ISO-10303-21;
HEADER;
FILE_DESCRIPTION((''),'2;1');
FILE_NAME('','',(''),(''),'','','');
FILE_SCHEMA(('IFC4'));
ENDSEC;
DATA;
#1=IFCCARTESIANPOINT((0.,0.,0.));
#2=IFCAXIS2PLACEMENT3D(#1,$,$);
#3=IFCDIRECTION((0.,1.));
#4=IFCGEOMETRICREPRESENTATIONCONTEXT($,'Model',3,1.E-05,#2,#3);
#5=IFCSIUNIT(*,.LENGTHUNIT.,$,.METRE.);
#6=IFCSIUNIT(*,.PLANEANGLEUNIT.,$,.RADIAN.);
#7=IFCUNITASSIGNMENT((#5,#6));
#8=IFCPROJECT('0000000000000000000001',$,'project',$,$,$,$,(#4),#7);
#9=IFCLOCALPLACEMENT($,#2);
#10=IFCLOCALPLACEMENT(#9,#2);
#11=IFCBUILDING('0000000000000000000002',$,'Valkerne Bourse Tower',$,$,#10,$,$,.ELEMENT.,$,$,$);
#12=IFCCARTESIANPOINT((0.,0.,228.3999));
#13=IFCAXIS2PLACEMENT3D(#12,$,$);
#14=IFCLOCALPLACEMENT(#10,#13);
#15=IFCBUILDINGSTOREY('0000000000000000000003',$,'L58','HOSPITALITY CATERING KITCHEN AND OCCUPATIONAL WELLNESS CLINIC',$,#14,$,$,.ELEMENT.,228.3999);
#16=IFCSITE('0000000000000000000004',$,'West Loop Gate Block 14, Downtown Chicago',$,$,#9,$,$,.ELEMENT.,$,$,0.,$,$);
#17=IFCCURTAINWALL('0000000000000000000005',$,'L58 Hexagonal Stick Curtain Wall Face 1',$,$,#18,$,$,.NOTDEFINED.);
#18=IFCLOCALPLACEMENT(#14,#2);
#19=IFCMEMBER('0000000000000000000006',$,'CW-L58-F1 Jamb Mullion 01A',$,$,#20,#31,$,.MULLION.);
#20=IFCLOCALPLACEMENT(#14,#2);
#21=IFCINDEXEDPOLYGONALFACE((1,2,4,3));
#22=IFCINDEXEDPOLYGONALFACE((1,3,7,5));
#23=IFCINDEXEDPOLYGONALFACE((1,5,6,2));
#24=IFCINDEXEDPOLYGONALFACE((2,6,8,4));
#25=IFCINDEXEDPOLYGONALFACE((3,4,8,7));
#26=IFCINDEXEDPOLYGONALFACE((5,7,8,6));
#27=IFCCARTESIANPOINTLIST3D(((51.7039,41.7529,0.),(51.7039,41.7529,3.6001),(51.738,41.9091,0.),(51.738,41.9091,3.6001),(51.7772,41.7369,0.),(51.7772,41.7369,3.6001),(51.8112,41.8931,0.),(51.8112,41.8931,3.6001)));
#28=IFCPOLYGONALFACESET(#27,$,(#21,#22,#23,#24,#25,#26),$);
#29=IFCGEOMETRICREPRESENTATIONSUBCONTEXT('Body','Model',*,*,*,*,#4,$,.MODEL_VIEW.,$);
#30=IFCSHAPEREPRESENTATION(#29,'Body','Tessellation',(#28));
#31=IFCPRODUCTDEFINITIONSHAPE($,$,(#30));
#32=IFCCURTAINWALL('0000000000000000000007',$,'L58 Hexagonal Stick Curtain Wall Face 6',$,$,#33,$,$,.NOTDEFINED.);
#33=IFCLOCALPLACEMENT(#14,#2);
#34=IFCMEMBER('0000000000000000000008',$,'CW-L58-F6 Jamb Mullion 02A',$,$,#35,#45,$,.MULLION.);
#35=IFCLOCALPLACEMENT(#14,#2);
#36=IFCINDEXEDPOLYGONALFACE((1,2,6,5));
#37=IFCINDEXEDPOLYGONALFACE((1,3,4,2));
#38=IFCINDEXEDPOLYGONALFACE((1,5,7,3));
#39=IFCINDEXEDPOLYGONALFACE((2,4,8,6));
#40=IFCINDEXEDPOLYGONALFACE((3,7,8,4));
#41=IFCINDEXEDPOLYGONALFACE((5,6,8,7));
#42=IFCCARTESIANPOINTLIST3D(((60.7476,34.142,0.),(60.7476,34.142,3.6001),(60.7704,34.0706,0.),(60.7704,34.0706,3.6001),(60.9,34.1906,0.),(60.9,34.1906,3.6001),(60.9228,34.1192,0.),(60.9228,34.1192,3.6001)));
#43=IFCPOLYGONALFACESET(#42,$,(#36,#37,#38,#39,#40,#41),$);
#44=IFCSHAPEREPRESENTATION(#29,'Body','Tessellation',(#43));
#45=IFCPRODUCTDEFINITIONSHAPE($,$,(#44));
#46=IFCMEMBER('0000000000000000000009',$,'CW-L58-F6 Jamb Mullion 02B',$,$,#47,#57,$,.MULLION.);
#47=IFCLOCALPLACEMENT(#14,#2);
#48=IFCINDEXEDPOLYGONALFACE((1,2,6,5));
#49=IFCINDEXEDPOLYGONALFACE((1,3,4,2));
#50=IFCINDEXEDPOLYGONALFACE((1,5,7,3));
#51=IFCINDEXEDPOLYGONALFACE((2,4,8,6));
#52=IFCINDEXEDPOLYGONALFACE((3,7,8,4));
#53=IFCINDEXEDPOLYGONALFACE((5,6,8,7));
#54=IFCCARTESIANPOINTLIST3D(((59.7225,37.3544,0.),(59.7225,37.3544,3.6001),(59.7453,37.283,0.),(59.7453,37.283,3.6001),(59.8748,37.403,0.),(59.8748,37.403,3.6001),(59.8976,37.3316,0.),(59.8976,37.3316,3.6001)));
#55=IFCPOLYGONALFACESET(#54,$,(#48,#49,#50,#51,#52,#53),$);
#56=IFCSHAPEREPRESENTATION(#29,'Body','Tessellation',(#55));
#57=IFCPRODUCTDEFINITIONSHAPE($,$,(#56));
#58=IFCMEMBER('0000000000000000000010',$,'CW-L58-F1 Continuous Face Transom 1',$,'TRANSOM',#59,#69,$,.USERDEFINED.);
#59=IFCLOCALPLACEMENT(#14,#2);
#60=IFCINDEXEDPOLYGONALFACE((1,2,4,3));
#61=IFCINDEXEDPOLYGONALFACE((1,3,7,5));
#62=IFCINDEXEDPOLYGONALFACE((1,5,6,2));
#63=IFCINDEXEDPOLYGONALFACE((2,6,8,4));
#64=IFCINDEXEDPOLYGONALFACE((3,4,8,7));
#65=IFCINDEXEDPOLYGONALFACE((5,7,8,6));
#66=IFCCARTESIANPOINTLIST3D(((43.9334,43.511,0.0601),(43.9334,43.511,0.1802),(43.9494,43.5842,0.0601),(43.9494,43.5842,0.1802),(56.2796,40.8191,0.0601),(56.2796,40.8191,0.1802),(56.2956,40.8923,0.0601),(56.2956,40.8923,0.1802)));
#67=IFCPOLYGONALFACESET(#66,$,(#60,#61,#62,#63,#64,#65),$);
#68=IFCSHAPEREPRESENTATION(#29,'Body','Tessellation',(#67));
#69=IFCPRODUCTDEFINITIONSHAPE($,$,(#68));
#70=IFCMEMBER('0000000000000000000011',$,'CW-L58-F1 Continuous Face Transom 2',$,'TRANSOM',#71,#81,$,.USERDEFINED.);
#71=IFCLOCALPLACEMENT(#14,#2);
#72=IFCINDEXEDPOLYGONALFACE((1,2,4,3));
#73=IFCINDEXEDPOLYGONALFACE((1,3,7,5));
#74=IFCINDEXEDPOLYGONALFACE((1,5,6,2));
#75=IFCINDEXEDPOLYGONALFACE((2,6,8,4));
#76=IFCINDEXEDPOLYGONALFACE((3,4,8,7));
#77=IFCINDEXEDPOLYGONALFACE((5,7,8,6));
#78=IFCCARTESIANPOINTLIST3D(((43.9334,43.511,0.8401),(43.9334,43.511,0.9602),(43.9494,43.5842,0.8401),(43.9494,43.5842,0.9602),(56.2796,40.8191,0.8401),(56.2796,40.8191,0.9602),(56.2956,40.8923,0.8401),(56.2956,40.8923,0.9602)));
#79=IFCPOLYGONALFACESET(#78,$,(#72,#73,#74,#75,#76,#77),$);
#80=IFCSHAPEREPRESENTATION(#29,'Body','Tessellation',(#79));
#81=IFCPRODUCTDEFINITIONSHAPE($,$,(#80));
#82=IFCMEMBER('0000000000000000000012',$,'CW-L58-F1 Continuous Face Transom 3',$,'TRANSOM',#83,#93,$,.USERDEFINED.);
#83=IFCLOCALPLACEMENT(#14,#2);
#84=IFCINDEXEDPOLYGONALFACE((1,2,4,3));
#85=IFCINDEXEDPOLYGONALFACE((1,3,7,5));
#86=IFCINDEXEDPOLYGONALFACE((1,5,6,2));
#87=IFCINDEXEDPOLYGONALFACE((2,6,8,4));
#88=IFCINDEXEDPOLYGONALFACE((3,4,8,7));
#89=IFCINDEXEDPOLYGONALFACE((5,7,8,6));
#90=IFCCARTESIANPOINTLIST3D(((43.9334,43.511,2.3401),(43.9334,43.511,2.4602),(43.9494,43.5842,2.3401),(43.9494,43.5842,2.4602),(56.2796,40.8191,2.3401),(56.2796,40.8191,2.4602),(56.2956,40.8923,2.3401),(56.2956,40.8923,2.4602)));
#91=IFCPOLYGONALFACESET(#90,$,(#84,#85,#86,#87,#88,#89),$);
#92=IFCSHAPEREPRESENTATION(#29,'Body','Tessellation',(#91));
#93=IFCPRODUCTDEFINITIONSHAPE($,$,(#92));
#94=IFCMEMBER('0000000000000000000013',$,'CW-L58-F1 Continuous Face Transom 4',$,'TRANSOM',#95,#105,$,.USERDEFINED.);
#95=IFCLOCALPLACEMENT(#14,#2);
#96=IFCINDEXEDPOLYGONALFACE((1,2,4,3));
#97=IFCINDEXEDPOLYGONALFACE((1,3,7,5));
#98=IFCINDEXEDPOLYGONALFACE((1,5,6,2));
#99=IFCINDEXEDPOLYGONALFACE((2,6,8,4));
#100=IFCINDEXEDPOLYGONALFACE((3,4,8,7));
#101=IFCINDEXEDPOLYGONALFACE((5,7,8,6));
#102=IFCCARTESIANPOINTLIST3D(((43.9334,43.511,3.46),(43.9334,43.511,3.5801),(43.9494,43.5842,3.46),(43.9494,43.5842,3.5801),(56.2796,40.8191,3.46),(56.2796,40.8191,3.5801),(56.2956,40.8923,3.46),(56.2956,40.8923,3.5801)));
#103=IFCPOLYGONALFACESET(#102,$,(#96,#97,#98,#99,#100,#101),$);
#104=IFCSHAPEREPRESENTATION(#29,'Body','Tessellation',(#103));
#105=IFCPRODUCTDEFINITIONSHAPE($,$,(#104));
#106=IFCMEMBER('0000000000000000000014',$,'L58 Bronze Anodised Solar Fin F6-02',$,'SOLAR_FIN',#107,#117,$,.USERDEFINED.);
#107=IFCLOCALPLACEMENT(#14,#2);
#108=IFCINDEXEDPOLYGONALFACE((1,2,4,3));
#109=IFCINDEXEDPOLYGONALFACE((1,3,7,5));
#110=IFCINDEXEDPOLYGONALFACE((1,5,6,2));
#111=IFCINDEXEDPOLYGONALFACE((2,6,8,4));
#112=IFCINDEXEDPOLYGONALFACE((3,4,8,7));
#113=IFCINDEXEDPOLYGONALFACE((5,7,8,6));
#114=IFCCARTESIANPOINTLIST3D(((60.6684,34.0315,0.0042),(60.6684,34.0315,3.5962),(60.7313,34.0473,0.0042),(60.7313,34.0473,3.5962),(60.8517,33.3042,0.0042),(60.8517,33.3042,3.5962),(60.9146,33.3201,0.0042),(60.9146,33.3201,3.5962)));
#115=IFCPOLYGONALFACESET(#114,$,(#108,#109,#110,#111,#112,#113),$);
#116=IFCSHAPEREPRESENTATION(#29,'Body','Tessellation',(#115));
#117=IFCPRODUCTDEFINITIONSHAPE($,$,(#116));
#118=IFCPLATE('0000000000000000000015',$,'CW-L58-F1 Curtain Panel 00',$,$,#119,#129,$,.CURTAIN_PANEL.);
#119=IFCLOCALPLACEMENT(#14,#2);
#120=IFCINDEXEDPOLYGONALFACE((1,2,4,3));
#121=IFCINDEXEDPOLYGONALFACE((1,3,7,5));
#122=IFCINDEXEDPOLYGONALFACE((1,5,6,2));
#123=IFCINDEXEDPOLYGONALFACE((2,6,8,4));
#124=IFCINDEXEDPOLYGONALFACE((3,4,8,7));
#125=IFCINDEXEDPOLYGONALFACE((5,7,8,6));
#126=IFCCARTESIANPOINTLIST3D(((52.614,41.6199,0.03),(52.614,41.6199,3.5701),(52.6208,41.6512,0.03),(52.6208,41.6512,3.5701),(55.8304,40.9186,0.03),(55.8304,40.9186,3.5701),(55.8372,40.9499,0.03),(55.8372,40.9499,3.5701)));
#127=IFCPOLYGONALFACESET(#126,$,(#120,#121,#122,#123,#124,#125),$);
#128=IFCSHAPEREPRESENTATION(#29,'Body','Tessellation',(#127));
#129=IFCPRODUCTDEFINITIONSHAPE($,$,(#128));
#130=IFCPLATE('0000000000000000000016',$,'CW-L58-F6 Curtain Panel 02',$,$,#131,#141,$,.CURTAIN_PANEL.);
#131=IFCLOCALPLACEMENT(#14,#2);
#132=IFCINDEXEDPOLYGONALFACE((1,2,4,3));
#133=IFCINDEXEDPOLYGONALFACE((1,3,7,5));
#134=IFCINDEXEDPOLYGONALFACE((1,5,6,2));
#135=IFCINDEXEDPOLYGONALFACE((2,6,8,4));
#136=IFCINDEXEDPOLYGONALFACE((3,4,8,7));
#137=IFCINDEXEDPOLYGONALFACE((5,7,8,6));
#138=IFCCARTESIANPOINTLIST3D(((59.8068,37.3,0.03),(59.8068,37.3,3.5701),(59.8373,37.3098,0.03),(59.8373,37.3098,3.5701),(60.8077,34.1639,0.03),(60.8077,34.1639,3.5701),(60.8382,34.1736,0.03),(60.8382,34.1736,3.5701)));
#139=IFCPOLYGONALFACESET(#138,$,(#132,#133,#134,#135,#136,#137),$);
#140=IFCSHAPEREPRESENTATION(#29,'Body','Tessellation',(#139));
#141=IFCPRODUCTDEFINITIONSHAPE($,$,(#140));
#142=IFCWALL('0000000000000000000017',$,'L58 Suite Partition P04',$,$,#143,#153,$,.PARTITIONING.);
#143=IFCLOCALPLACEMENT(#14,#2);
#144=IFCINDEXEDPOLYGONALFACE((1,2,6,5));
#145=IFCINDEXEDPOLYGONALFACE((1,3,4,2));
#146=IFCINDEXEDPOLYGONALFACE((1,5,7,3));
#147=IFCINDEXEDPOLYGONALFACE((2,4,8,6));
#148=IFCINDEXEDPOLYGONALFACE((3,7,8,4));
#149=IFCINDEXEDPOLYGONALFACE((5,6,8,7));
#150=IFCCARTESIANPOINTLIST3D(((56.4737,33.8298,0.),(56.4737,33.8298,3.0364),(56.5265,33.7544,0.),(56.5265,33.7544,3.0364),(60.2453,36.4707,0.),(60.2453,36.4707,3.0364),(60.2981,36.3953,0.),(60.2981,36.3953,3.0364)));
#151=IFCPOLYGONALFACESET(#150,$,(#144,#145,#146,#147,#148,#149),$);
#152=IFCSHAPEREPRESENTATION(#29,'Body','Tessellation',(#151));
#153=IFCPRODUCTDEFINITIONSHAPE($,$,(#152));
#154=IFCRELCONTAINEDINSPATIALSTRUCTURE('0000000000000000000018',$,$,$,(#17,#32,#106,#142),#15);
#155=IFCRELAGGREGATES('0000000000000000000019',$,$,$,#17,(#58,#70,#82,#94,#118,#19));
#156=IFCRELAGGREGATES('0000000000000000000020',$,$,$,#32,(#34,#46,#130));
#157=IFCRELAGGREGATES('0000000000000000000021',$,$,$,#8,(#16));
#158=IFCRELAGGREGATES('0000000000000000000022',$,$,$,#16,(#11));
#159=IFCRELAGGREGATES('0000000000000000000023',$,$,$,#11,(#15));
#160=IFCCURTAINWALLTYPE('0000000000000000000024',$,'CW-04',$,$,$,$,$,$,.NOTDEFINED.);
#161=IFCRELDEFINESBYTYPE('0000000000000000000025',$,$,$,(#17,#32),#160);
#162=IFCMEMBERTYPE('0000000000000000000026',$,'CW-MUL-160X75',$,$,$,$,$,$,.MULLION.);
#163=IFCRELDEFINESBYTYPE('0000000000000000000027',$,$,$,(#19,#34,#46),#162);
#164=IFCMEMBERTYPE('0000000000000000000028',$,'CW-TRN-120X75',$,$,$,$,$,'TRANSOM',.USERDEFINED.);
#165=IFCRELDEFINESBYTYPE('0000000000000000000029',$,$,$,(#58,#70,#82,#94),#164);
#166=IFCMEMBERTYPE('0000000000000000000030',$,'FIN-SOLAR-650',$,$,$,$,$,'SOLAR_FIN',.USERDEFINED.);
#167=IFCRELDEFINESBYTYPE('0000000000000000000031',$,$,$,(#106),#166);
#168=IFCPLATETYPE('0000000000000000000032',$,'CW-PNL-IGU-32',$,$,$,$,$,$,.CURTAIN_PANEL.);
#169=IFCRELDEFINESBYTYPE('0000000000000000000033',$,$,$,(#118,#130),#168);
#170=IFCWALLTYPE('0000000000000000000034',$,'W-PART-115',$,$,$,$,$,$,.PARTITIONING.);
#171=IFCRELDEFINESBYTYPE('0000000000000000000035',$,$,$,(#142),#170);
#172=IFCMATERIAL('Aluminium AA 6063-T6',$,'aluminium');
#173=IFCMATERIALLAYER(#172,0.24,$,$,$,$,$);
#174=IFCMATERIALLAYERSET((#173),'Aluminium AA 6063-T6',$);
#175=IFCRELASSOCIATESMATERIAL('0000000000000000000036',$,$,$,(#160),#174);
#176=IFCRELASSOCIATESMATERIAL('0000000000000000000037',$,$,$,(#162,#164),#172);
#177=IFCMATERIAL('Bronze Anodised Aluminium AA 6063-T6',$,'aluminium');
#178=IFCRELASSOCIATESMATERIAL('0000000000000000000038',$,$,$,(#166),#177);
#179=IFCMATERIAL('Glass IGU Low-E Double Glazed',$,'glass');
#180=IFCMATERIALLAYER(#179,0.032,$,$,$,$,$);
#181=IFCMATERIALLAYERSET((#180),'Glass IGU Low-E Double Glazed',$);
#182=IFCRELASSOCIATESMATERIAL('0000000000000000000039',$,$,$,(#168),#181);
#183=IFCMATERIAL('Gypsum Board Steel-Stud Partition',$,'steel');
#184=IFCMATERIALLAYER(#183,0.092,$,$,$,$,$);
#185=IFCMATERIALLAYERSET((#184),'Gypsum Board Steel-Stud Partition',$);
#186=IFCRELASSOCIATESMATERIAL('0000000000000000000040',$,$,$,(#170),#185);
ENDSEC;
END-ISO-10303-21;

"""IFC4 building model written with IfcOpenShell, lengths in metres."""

from ifc_helpers import new_model, si_unit, direction, frame, frame_2d, origin, origin_2d, place, context, subcontext, project, spatial, rectangle, extrude, material, layer, layer_set, material_profile, profile_set, type_object, element, aggregate, save


model = new_model("IFC4")

# Units and contexts
model_context = context("Model", 3, precision=1e-05, world=origin(), true_north=direction((0.0, 1.0)))
body_context = subcontext(model_context, "Body", "Model", "MODEL_VIEW")
ifc_project = project(units=[si_unit("LENGTHUNIT", "METRE"), si_unit("PLANEANGLEUNIT", "RADIAN")], contexts=[model_context])

# Site, building, storey
site_placement = place(None, origin())
site = spatial("IfcSite", under=ifc_project, at=site_placement, Name="West Loop Gate Block 14, Downtown Chicago", CompositionType="ELEMENT", RefElevation=0.0)
building_placement = place(site_placement, origin())
building = spatial("IfcBuilding", under=site, at=building_placement, Name="Valkerne Bourse Tower", CompositionType="ELEMENT")
storey_placement = place(building_placement, frame((0.0, 0.0, 228.3999)))
storey = spatial("IfcBuildingStorey", under=building, at=storey_placement, Name="L58", Description="HOSPITALITY CATERING KITCHEN AND OCCUPATIONAL WELLNESS CLINIC", CompositionType="ELEMENT", Elevation=228.3999)

# Curtain walls, members
ifc_material_1 = material(Name="Aluminium AA 6063-T6", Category="aluminium")
ifc_layer_1 = layer(ifc_material_1, 0.24)
ifc_layer_set_1 = layer_set([ifc_layer_1], Name="Aluminium AA 6063-T6")
curtain_wall_type = type_object("IfcCurtainWallType", Name="CW-04", PredefinedType="NOTDEFINED", material=ifc_layer_set_1)
curtain_wall_1_placement = place(storey_placement, origin())
curtain_wall_1 = element("IfcCurtainWall", 1, at=curtain_wall_1_placement, inside=storey, type_object=curtain_wall_type, Name="L58 Hexagonal Stick Curtain Wall Face 1", PredefinedType="NOTDEFINED")
ifc_material_profile_1 = material_profile(ifc_material_1, rectangle(XDim=0.075, YDim=0.1599, at=origin_2d()), Name="CWM-75X160")
ifc_profile_set_1 = profile_set([ifc_material_profile_1], Name="Aluminium AA 6063-T6")
member_type_1 = type_object("IfcMemberType", Name="CW-MUL-160X75", PredefinedType="MULLION", material=ifc_profile_set_1)
member_1_placement = place(storey_placement, frame((51.7576, 41.823, 0.0), z_axis=(0.0, 0.0, 1.0), x_axis=(-0.977046, 0.21303, 0.0)))
member_1 = element("IfcMember", 2, at=member_1_placement, type_object=member_type_1, Name="CW-L58-F1 Jamb Mullion 01A", PredefinedType="MULLION", context=body_context, shape_type="SweptSolid", body=[
    extrude(rectangle(XDim=0.075, YDim=0.1599, at=origin_2d()), origin(), (0.0, 0.0, 1.0), 3.6001),
])
curtain_wall_2_placement = place(storey_placement, origin())
curtain_wall_2 = element("IfcCurtainWall", 3, at=curtain_wall_2_placement, inside=storey, type_object=curtain_wall_type, Name="L58 Hexagonal Stick Curtain Wall Face 6", PredefinedType="NOTDEFINED")
member_2_placement = place(storey_placement, frame((60.8352, 34.1306, 0.0), z_axis=(0.0, 0.0, 1.0), x_axis=(-0.304037, 0.95266, 0.0)))
member_2 = element("IfcMember", 4, at=member_2_placement, type_object=member_type_1, Name="CW-L58-F6 Jamb Mullion 02A", PredefinedType="MULLION", context=body_context, shape_type="SweptSolid", body=[
    extrude(rectangle(XDim=0.075, YDim=0.1599, at=origin_2d()), origin(), (0.0, 0.0, 1.0), 3.6001),
])
member_3_placement = place(storey_placement, frame((59.8101, 37.343, 0.0), z_axis=(0.0, 0.0, 1.0), x_axis=(-0.304037, 0.95266, 0.0)))
member_3 = element("IfcMember", 5, at=member_3_placement, type_object=member_type_1, Name="CW-L58-F6 Jamb Mullion 02B", PredefinedType="MULLION", context=body_context, shape_type="SweptSolid", body=[
    extrude(rectangle(XDim=0.075, YDim=0.1599, at=origin_2d()), origin(), (0.0, 0.0, 1.0), 3.6001),
])

# Members
ifc_material_profile_2 = material_profile(ifc_material_1, rectangle(XDim=0.075, YDim=0.1201, at=origin_2d()), Name="CWT-75X120")
ifc_profile_set_2 = profile_set([ifc_material_profile_2], Name="Aluminium AA 6063-T6")
member_type_2 = type_object("IfcMemberType", Name="CW-TRN-120X75", ElementType="TRANSOM", PredefinedType="USERDEFINED", material=ifc_profile_set_2)
member_4_placement = place(storey_placement, frame((56.2876, 40.8557, 0.1201), z_axis=(-0.977046, 0.21303, 0.0), x_axis=(-0.21303, -0.977046, 0.0)))
member_4 = element("IfcMember", 6, at=member_4_placement, type_object=member_type_2, Name="CW-L58-F1 Continuous Face Transom 1", ObjectType="TRANSOM", PredefinedType="USERDEFINED", context=body_context, shape_type="SweptSolid", body=[
    extrude(rectangle(XDim=0.075, YDim=0.1201, at=origin_2d()), origin(), (0.0, 0.0, 1.0), 12.6362),
])
member_5_placement = place(storey_placement, frame((56.2876, 40.8557, 0.9001), z_axis=(-0.977046, 0.21303, 0.0), x_axis=(-0.21303, -0.977046, 0.0)))
member_5 = element("IfcMember", 7, at=member_5_placement, type_object=member_type_2, Name="CW-L58-F1 Continuous Face Transom 2", ObjectType="TRANSOM", PredefinedType="USERDEFINED", context=body_context, shape_type="SweptSolid", body=[
    extrude(rectangle(XDim=0.075, YDim=0.1201, at=origin_2d()), origin(), (0.0, 0.0, 1.0), 12.6362),
])
member_6_placement = place(storey_placement, frame((56.2876, 40.8557, 2.4001), z_axis=(-0.977046, 0.21303, 0.0), x_axis=(-0.21303, -0.977046, 0.0)))
member_6 = element("IfcMember", 8, at=member_6_placement, type_object=member_type_2, Name="CW-L58-F1 Continuous Face Transom 3", ObjectType="TRANSOM", PredefinedType="USERDEFINED", context=body_context, shape_type="SweptSolid", body=[
    extrude(rectangle(XDim=0.075, YDim=0.1201, at=origin_2d()), origin(), (0.0, 0.0, 1.0), 12.6362),
])
member_7_placement = place(storey_placement, frame((56.2876, 40.8557, 3.52), z_axis=(-0.977046, 0.21303, 0.0), x_axis=(-0.21303, -0.977046, 0.0)))
member_7 = element("IfcMember", 9, at=member_7_placement, type_object=member_type_2, Name="CW-L58-F1 Continuous Face Transom 4", ObjectType="TRANSOM", PredefinedType="USERDEFINED", context=body_context, shape_type="SweptSolid", body=[
    extrude(rectangle(XDim=0.075, YDim=0.1201, at=origin_2d()), origin(), (0.0, 0.0, 1.0), 12.6362),
])
ifc_material_2 = material(Name="Bronze Anodised Aluminium AA 6063-T6", Category="aluminium")
ifc_material_profile_3 = material_profile(ifc_material_2, rectangle(XDim=0.0649, YDim=0.75, at=origin_2d()), Name="FIN-65X750")
ifc_profile_set_3 = profile_set([ifc_material_profile_3], Name="Bronze Anodised Aluminium AA 6063-T6")
member_type_3 = type_object("IfcMemberType", Name="FIN-SOLAR-650", ElementType="SOLAR_FIN", PredefinedType="USERDEFINED", material=ifc_profile_set_3)
member_8_placement = place(storey_placement, frame((60.7915, 33.6758, 0.0042), z_axis=(0.0, 0.0, 1.0), x_axis=(0.96967, 0.24442, 0.0)))
element("IfcMember", 10, at=member_8_placement, inside=storey, type_object=member_type_3, Name="L58 Bronze Anodised Solar Fin F6-02", ObjectType="SOLAR_FIN", PredefinedType="USERDEFINED", context=body_context, shape_type="SweptSolid", body=[
    extrude(rectangle(XDim=0.0649, YDim=0.75, at=origin_2d()), origin(), (0.0, 0.0, 1.0), 3.592),
])

# Plates
ifc_material_3 = material(Name="Glass IGU Low-E Double Glazed", Category="glass")
ifc_layer_2 = layer(ifc_material_3, 0.032)
ifc_layer_set_2 = layer_set([ifc_layer_2], Name="Glass IGU Low-E Double Glazed")
plate_type = type_object("IfcPlateType", Name="CW-PNL-IGU-32", PredefinedType="CURTAIN_PANEL", material=ifc_layer_set_2)
plate_1_placement = place(storey_placement, frame((54.2256, 41.2849, 0.03), z_axis=(0.0, 0.0, 1.0), x_axis=(-0.977045, 0.213035, 0.0)))
plate_1 = element("IfcPlate", 11, at=plate_1_placement, type_object=plate_type, Name="CW-L58-F1 Curtain Panel 00", PredefinedType="CURTAIN_PANEL", context=body_context, shape_type="SweptSolid", body=[
    extrude(rectangle(XDim=3.292, YDim=0.032, at=origin_2d()), origin(), (0.0, 0.0, 1.0), 3.54),
])
aggregate(curtain_wall_1, [member_4, member_5, member_6, member_7, plate_1, member_1])
plate_2_placement = place(storey_placement, frame((60.3225, 35.7368, 0.03), z_axis=(0.0, 0.0, 1.0), x_axis=(-0.304037, 0.95266, 0.0)))
plate_2 = element("IfcPlate", 12, at=plate_2_placement, type_object=plate_type, Name="CW-L58-F6 Curtain Panel 02", PredefinedType="CURTAIN_PANEL", context=body_context, shape_type="SweptSolid", body=[
    extrude(rectangle(XDim=3.292, YDim=0.032, at=origin_2d()), origin(), (0.0, 0.0, 1.0), 3.54),
])
aggregate(curtain_wall_2, [member_2, member_3, plate_2])

# Wall
ifc_material_4 = material(Name="Gypsum Board Steel-Stud Partition", Category="steel")
ifc_layer_3 = layer(ifc_material_4, 0.092)
ifc_layer_set_3 = layer_set([ifc_layer_3], Name="Gypsum Board Steel-Stud Partition")
wall_type = type_object("IfcWallType", Name="W-PART-115", PredefinedType="PARTITIONING", material=ifc_layer_set_3)
wall_placement = place(storey_placement, frame((56.5, 33.792, 0.0), z_axis=(0.0, 0.0, 1.0), x_axis=(0.819147, 0.573583, 0.0)))
element("IfcWall", 13, at=wall_placement, inside=storey, type_object=wall_type, Name="L58 Suite Partition P04", PredefinedType="PARTITIONING", context=body_context, shape_type="SweptSolid", body=[
    extrude(rectangle(XDim=4.6042, YDim=0.092, at=frame_2d((2.3022, 0.0))), origin(), (0.0, 0.0, 1.0), 3.0364),
])

save(model, "model.ifc")
